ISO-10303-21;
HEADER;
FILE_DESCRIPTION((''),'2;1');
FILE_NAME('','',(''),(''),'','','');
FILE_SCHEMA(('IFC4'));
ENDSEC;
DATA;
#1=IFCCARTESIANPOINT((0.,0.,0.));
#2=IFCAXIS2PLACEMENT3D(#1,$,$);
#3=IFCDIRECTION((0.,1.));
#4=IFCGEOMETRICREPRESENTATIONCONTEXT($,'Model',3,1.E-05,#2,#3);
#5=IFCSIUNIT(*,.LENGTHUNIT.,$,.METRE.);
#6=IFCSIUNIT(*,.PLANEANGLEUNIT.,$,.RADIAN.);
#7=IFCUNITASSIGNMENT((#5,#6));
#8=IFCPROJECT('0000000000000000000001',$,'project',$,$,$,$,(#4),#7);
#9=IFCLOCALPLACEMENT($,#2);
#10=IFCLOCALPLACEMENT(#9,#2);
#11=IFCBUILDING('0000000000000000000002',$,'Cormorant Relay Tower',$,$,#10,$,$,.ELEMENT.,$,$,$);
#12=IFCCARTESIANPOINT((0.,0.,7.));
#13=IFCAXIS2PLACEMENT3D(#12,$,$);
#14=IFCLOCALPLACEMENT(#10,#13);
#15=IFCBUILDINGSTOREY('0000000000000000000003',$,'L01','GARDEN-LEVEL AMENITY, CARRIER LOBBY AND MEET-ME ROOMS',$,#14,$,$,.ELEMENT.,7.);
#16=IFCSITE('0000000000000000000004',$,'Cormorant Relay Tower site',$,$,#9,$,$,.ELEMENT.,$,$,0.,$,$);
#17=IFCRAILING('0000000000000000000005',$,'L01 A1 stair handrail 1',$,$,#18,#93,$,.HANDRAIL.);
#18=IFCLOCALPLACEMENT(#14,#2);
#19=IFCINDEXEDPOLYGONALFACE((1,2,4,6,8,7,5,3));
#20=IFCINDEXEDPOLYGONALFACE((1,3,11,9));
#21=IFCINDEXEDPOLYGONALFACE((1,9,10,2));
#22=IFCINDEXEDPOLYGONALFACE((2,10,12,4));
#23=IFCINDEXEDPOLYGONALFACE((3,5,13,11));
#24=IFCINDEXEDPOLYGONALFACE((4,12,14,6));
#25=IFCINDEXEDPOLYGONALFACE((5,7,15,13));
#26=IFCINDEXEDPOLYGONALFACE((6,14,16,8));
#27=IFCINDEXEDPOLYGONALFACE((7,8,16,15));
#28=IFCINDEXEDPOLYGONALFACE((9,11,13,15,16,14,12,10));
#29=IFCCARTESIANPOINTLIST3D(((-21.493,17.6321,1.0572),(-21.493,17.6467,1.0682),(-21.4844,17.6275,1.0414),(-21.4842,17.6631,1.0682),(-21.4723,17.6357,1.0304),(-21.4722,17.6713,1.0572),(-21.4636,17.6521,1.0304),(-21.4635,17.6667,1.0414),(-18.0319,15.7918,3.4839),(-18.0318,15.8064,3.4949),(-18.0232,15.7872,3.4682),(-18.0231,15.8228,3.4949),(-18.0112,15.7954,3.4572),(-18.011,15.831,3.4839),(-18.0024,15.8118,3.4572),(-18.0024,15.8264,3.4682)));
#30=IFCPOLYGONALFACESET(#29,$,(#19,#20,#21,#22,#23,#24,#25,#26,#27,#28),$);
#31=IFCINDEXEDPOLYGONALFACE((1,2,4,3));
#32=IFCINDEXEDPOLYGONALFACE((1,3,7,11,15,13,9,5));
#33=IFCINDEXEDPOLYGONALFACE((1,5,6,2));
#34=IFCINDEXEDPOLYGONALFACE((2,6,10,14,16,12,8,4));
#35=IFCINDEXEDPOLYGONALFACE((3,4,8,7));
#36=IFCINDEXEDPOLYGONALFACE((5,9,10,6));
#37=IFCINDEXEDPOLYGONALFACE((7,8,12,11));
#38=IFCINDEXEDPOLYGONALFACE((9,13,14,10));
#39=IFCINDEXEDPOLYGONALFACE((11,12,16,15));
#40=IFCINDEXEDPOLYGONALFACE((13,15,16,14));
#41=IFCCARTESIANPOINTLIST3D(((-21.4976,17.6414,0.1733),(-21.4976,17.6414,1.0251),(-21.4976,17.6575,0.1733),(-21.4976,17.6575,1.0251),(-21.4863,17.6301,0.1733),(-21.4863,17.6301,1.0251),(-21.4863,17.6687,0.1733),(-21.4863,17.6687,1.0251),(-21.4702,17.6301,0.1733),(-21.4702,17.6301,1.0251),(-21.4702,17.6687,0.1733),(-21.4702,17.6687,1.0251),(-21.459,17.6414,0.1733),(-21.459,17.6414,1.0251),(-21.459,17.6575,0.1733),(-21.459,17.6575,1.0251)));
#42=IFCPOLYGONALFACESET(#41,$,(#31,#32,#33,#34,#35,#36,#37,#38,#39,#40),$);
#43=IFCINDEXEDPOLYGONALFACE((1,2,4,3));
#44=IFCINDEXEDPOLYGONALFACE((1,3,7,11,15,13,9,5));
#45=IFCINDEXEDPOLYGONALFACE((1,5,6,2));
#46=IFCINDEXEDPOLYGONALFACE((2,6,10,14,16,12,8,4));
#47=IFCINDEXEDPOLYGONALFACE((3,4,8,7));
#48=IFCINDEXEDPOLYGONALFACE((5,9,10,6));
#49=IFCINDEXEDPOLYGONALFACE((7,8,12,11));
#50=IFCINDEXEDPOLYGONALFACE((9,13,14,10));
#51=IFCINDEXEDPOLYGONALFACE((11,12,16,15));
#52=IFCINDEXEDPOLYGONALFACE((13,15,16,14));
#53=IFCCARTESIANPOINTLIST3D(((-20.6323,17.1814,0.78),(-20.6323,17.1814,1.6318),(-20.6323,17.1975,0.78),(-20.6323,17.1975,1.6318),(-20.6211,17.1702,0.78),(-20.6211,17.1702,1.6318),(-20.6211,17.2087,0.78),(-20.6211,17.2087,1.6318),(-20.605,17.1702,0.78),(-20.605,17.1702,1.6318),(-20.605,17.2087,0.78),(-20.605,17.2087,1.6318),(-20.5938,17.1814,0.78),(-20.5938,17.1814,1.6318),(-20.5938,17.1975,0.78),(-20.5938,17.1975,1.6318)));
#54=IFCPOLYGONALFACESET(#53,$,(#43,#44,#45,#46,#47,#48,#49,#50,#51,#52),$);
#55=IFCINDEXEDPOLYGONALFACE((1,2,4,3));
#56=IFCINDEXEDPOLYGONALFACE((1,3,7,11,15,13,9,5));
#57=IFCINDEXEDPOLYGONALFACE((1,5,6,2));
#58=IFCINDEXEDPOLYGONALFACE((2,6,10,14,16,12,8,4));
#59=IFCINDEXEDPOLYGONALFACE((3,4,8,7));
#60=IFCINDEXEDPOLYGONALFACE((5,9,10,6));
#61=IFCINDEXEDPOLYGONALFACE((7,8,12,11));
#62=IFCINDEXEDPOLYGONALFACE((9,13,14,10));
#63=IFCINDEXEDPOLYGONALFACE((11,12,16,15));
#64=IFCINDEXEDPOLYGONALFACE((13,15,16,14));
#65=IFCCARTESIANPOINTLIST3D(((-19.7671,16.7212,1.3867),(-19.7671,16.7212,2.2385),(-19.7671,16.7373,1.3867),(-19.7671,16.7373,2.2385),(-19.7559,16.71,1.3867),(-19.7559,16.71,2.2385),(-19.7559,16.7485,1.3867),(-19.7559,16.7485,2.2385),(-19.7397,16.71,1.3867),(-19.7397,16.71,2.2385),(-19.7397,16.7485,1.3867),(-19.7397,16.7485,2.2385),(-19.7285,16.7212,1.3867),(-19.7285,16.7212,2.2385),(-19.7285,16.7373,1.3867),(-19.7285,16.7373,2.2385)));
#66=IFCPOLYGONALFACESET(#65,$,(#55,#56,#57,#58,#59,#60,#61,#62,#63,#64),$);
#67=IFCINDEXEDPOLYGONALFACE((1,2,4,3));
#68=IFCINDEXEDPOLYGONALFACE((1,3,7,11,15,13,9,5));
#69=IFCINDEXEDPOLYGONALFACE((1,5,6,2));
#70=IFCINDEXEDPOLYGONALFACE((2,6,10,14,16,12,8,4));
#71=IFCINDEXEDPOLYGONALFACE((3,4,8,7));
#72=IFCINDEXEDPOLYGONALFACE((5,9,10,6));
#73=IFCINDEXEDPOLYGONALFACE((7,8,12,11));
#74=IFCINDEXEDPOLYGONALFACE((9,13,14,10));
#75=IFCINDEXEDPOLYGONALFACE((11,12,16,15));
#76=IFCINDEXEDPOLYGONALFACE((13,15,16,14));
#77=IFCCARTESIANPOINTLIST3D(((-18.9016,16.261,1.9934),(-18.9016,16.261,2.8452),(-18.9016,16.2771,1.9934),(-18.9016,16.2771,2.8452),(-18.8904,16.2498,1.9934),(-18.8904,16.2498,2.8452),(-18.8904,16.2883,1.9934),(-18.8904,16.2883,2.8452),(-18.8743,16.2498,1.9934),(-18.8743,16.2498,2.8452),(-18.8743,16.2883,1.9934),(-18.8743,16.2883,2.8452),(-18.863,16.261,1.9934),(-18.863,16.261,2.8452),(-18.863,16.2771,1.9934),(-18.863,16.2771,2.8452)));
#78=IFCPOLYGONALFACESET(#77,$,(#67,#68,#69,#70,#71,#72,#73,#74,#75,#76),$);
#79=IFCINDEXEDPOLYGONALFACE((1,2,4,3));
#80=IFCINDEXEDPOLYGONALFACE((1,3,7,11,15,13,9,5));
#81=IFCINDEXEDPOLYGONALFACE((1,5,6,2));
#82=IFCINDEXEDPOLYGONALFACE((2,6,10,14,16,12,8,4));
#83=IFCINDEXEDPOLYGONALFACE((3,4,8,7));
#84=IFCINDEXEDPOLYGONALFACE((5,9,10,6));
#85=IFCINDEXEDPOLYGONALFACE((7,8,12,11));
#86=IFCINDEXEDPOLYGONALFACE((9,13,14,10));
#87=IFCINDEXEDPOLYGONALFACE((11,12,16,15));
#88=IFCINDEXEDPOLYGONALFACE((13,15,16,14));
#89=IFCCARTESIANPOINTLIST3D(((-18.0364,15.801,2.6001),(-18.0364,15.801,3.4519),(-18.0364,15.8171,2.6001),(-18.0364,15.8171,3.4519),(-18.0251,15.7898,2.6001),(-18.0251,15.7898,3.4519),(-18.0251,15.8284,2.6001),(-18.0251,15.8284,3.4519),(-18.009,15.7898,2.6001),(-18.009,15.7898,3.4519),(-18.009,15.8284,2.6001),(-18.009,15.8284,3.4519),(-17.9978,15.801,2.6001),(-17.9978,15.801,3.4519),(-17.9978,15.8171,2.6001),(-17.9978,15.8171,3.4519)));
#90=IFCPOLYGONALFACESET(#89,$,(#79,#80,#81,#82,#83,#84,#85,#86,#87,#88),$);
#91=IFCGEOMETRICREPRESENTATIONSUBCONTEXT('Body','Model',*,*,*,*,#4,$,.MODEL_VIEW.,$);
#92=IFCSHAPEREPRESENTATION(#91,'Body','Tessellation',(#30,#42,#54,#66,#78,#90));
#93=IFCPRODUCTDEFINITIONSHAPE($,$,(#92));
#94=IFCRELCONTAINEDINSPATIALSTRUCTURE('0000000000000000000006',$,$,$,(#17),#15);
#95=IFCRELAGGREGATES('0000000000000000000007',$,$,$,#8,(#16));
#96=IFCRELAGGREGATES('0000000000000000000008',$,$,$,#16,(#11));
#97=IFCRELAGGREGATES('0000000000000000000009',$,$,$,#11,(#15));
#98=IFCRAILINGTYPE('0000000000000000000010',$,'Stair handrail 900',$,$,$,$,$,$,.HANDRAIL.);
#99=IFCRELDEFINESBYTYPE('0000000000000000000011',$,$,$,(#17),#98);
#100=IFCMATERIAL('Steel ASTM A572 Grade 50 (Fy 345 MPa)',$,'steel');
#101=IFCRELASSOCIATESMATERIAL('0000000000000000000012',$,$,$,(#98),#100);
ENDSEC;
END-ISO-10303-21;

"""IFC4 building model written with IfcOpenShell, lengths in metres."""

from ifc_helpers import new_model, si_unit, direction, frame, origin, place, context, subcontext, project, spatial, polyline, outline, extrude, material, type_object, element, save


model = new_model("IFC4")

# Units and contexts
model_context = context("Model", 3, precision=1e-05, world=origin(), true_north=direction((0.0, 1.0)))
body_context = subcontext(model_context, "Body", "Model", "MODEL_VIEW")
ifc_project = project(units=[si_unit("LENGTHUNIT", "METRE"), si_unit("PLANEANGLEUNIT", "RADIAN")], contexts=[model_context])

# Site, building, storey
site_placement = place(None, origin())
site = spatial("IfcSite", under=ifc_project, at=site_placement, Name="Cormorant Relay Tower site", CompositionType="ELEMENT", RefElevation=0.0)
building_placement = place(site_placement, origin())
building = spatial("IfcBuilding", under=site, at=building_placement, Name="Cormorant Relay Tower", CompositionType="ELEMENT")
storey_placement = place(building_placement, frame((0.0, 0.0, 7.0)))
storey = spatial("IfcBuildingStorey", under=building, at=storey_placement, Name="L01", Description="GARDEN-LEVEL AMENITY, CARRIER LOBBY AND MEET-ME ROOMS", CompositionType="ELEMENT", Elevation=7.0)

# Railing
ifc_material_1 = material(Name="Steel ASTM A572 Grade 50 (Fy 345 MPa)", Category="steel")
railing_type = type_object("IfcRailingType", Name="Stair handrail 900", PredefinedType="HANDRAIL", material=ifc_material_1)
railing_placement = place(storey_placement, frame((-21.4783, 17.6494, 0.1733)))
element("IfcRailing", 1, at=railing_placement, inside=storey, type_object=railing_type, Name="L01 A1 stair handrail 1", PredefinedType="HANDRAIL", context=body_context, shape_type="SweptSolid", body=[
    extrude(outline(polyline([(0.0222, 0.0093), (0.0093, 0.0222), (-0.0093, 0.0222), (-0.0222, 0.0093), (-0.0222, -0.0093), (-0.0093, -0.0222), (0.0093, -0.0222), (0.0222, -0.0093), (0.0222, 0.0093)])), frame((0.0, 0.0, 0.876), z_axis=(0.750734, -0.39917, 0.526366), x_axis=(0.469469, 0.882949, 0.0)), (0.0, 0.0, 1.0), 4.6104),
    extrude(outline(polyline([(0.0193, 0.0081), (0.0081, 0.0193), (-0.0081, 0.0193), (-0.0193, 0.0081), (-0.0193, -0.0081), (-0.0081, -0.0193), (0.0081, -0.0193), (0.0193, -0.0081), (0.0193, 0.0081)])), origin(), (0.0, 0.0, 1.0), 0.8518),
    extrude(outline(polyline([(0.0193, 0.0081), (0.0081, 0.0193), (-0.0081, 0.0193), (-0.0193, 0.0081), (-0.0193, -0.0081), (-0.0081, -0.0193), (0.0081, -0.0193), (0.0193, -0.0081), (0.0193, 0.0081)])), frame((0.8652, -0.46, 0.6067)), (0.0, 0.0, 1.0), 0.8518),
    extrude(outline(polyline([(0.0193, 0.0081), (0.0081, 0.0193), (-0.0081, 0.0193), (-0.0193, 0.0081), (-0.0193, -0.0081), (-0.0081, -0.0193), (0.0081, -0.0193), (0.0193, -0.0081), (0.0193, 0.0081)])), frame((1.7305, -0.9202, 1.2134)), (0.0, 0.0, 1.0), 0.8518),
    extrude(outline(polyline([(0.0193, 0.0081), (0.0081, 0.0193), (-0.0081, 0.0193), (-0.0193, 0.0081), (-0.0193, -0.0081), (-0.0081, -0.0193), (0.0081, -0.0193), (0.0193, -0.0081), (0.0193, 0.0081)])), frame((2.5959, -1.3804, 1.8201)), (0.0, 0.0, 1.0), 0.8518),
    extrude(outline(polyline([(0.0193, 0.0081), (0.0081, 0.0193), (-0.0081, 0.0193), (-0.0193, 0.0081), (-0.0193, -0.0081), (-0.0081, -0.0193), (0.0081, -0.0193), (0.0193, -0.0081), (0.0193, 0.0081)])), frame((3.4612, -1.8403, 2.4268)), (0.0, 0.0, 1.0), 0.8518),
])

save(model, "model.ifc")
